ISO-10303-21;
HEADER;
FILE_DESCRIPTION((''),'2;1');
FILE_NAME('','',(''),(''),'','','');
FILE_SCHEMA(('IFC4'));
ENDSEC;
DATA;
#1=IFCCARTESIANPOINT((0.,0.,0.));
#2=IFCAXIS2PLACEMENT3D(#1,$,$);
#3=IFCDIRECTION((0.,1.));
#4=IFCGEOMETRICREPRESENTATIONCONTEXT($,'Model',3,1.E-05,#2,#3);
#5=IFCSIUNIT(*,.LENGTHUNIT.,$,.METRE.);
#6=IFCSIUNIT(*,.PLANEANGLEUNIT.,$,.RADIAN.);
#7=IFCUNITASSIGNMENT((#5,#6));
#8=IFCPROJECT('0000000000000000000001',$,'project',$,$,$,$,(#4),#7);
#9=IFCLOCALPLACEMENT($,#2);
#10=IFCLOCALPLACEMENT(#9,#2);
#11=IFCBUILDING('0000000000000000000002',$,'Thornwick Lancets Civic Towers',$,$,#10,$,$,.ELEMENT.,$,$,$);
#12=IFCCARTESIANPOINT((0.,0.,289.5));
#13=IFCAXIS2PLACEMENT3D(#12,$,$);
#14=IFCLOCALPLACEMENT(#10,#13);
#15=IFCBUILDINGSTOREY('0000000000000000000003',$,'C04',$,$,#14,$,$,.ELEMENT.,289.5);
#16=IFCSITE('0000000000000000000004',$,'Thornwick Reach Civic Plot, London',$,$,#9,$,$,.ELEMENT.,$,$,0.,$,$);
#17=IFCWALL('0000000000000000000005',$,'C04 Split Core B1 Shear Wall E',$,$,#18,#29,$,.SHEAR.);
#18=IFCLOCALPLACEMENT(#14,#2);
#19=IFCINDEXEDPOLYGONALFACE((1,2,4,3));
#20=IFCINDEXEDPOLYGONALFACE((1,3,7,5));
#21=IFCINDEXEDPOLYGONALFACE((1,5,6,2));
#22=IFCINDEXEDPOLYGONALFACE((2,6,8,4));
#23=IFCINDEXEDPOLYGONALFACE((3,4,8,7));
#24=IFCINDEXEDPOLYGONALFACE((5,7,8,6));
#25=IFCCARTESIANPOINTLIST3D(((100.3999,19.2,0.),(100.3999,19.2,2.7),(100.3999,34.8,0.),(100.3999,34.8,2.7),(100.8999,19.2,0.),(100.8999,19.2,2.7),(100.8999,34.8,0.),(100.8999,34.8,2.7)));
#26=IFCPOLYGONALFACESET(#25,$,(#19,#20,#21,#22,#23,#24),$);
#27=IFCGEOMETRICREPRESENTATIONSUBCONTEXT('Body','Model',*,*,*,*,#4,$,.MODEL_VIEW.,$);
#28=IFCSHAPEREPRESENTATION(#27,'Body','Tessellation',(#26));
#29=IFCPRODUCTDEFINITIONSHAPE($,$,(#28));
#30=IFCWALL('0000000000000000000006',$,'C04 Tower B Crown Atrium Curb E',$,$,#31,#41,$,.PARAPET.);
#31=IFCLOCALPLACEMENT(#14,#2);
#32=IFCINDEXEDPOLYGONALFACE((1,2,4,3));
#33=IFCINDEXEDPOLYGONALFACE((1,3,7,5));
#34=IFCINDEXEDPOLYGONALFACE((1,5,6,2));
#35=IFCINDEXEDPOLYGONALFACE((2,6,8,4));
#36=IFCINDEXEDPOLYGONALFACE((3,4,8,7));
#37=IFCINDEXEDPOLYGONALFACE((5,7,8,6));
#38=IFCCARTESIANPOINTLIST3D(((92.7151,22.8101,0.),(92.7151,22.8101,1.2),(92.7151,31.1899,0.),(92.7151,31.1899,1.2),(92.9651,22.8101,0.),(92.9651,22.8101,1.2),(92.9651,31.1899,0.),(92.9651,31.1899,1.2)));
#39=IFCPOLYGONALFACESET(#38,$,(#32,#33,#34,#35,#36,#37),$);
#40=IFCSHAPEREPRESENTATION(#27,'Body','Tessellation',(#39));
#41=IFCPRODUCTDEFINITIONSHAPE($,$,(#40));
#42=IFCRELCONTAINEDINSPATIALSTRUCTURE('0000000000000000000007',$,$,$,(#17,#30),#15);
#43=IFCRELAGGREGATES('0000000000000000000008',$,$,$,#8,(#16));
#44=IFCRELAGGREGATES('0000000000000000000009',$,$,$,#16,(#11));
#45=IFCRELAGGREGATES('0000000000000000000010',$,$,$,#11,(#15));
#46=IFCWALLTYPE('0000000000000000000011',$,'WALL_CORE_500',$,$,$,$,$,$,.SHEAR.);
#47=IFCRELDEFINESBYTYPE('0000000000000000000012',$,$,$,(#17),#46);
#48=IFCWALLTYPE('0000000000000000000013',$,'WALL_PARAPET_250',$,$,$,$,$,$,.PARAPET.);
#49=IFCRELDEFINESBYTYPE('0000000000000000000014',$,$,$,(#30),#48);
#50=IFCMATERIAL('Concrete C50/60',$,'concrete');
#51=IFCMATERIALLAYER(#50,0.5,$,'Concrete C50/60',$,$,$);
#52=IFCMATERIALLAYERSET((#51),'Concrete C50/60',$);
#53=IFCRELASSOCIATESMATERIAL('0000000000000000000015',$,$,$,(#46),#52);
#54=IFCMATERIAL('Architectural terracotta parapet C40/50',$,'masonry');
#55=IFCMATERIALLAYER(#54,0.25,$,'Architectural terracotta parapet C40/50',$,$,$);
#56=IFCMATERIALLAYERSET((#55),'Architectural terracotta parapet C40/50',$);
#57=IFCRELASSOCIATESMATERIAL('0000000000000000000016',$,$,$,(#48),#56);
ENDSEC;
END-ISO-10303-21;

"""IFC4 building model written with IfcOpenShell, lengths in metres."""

from ifc_helpers import new_model, si_unit, direction, frame, frame_2d, origin, place, context, subcontext, project, spatial, rectangle, extrude, material, layer, layer_set, type_object, element, save


model = new_model("IFC4")

# Units and contexts
model_context = context("Model", 3, precision=1e-05, world=origin(), true_north=direction((0.0, 1.0)))
body_context = subcontext(model_context, "Body", "Model", "MODEL_VIEW")
ifc_project = project(units=[si_unit("LENGTHUNIT", "METRE"), si_unit("PLANEANGLEUNIT", "RADIAN")], contexts=[model_context])

# Site, building, storey
site_placement = place(None, origin())
site = spatial("IfcSite", under=ifc_project, at=site_placement, Name="Thornwick Reach Civic Plot, London", CompositionType="ELEMENT", RefElevation=0.0)
building_placement = place(site_placement, origin())
building = spatial("IfcBuilding", under=site, at=building_placement, Name="Thornwick Lancets Civic Towers", CompositionType="ELEMENT")
storey_placement = place(building_placement, frame((0.0, 0.0, 289.5)))
storey = spatial("IfcBuildingStorey", under=building, at=storey_placement, Name="C04", CompositionType="ELEMENT", Elevation=289.5)

# Walls
ifc_material_1 = material(Name="Concrete C50/60", Category="concrete")
ifc_layer_1 = layer(ifc_material_1, 0.5, Name="Concrete C50/60")
ifc_layer_set_1 = layer_set([ifc_layer_1], Name="Concrete C50/60")
wall_type_1 = type_object("IfcWallType", Name="WALL_CORE_500", PredefinedType="SHEAR", material=ifc_layer_set_1)
wall_1_placement = place(storey_placement, frame((100.6499, 19.2, 0.0), z_axis=(0.0, 0.0, 1.0), x_axis=(0.0, 1.0, 0.0)))
element("IfcWall", 1, at=wall_1_placement, inside=storey, type_object=wall_type_1, Name="C04 Split Core B1 Shear Wall E", PredefinedType="SHEAR", context=body_context, shape_type="SweptSolid", body=[
    extrude(rectangle(XDim=15.6001, YDim=0.5, at=frame_2d((7.8, 0.0))), origin(), (0.0, 0.0, 1.0), 2.7),
])
ifc_material_2 = material(Name="Architectural terracotta parapet C40/50", Category="masonry")
ifc_layer_2 = layer(ifc_material_2, 0.25, Name="Architectural terracotta parapet C40/50")
ifc_layer_set_2 = layer_set([ifc_layer_2], Name="Architectural terracotta parapet C40/50")
wall_type_2 = type_object("IfcWallType", Name="WALL_PARAPET_250", PredefinedType="PARAPET", material=ifc_layer_set_2)
wall_2_placement = place(storey_placement, frame((92.8401, 22.8101, 0.0), z_axis=(0.0, 0.0, 1.0), x_axis=(0.0, 1.0, 0.0)))
element("IfcWall", 2, at=wall_2_placement, inside=storey, type_object=wall_type_2, Name="C04 Tower B Crown Atrium Curb E", PredefinedType="PARAPET", context=body_context, shape_type="SweptSolid", body=[
    extrude(rectangle(XDim=8.3799, YDim=0.25, at=frame_2d((4.1899, 0.0))), origin(), (0.0, 0.0, 1.0), 1.2),
])

save(model, "model.ifc")
